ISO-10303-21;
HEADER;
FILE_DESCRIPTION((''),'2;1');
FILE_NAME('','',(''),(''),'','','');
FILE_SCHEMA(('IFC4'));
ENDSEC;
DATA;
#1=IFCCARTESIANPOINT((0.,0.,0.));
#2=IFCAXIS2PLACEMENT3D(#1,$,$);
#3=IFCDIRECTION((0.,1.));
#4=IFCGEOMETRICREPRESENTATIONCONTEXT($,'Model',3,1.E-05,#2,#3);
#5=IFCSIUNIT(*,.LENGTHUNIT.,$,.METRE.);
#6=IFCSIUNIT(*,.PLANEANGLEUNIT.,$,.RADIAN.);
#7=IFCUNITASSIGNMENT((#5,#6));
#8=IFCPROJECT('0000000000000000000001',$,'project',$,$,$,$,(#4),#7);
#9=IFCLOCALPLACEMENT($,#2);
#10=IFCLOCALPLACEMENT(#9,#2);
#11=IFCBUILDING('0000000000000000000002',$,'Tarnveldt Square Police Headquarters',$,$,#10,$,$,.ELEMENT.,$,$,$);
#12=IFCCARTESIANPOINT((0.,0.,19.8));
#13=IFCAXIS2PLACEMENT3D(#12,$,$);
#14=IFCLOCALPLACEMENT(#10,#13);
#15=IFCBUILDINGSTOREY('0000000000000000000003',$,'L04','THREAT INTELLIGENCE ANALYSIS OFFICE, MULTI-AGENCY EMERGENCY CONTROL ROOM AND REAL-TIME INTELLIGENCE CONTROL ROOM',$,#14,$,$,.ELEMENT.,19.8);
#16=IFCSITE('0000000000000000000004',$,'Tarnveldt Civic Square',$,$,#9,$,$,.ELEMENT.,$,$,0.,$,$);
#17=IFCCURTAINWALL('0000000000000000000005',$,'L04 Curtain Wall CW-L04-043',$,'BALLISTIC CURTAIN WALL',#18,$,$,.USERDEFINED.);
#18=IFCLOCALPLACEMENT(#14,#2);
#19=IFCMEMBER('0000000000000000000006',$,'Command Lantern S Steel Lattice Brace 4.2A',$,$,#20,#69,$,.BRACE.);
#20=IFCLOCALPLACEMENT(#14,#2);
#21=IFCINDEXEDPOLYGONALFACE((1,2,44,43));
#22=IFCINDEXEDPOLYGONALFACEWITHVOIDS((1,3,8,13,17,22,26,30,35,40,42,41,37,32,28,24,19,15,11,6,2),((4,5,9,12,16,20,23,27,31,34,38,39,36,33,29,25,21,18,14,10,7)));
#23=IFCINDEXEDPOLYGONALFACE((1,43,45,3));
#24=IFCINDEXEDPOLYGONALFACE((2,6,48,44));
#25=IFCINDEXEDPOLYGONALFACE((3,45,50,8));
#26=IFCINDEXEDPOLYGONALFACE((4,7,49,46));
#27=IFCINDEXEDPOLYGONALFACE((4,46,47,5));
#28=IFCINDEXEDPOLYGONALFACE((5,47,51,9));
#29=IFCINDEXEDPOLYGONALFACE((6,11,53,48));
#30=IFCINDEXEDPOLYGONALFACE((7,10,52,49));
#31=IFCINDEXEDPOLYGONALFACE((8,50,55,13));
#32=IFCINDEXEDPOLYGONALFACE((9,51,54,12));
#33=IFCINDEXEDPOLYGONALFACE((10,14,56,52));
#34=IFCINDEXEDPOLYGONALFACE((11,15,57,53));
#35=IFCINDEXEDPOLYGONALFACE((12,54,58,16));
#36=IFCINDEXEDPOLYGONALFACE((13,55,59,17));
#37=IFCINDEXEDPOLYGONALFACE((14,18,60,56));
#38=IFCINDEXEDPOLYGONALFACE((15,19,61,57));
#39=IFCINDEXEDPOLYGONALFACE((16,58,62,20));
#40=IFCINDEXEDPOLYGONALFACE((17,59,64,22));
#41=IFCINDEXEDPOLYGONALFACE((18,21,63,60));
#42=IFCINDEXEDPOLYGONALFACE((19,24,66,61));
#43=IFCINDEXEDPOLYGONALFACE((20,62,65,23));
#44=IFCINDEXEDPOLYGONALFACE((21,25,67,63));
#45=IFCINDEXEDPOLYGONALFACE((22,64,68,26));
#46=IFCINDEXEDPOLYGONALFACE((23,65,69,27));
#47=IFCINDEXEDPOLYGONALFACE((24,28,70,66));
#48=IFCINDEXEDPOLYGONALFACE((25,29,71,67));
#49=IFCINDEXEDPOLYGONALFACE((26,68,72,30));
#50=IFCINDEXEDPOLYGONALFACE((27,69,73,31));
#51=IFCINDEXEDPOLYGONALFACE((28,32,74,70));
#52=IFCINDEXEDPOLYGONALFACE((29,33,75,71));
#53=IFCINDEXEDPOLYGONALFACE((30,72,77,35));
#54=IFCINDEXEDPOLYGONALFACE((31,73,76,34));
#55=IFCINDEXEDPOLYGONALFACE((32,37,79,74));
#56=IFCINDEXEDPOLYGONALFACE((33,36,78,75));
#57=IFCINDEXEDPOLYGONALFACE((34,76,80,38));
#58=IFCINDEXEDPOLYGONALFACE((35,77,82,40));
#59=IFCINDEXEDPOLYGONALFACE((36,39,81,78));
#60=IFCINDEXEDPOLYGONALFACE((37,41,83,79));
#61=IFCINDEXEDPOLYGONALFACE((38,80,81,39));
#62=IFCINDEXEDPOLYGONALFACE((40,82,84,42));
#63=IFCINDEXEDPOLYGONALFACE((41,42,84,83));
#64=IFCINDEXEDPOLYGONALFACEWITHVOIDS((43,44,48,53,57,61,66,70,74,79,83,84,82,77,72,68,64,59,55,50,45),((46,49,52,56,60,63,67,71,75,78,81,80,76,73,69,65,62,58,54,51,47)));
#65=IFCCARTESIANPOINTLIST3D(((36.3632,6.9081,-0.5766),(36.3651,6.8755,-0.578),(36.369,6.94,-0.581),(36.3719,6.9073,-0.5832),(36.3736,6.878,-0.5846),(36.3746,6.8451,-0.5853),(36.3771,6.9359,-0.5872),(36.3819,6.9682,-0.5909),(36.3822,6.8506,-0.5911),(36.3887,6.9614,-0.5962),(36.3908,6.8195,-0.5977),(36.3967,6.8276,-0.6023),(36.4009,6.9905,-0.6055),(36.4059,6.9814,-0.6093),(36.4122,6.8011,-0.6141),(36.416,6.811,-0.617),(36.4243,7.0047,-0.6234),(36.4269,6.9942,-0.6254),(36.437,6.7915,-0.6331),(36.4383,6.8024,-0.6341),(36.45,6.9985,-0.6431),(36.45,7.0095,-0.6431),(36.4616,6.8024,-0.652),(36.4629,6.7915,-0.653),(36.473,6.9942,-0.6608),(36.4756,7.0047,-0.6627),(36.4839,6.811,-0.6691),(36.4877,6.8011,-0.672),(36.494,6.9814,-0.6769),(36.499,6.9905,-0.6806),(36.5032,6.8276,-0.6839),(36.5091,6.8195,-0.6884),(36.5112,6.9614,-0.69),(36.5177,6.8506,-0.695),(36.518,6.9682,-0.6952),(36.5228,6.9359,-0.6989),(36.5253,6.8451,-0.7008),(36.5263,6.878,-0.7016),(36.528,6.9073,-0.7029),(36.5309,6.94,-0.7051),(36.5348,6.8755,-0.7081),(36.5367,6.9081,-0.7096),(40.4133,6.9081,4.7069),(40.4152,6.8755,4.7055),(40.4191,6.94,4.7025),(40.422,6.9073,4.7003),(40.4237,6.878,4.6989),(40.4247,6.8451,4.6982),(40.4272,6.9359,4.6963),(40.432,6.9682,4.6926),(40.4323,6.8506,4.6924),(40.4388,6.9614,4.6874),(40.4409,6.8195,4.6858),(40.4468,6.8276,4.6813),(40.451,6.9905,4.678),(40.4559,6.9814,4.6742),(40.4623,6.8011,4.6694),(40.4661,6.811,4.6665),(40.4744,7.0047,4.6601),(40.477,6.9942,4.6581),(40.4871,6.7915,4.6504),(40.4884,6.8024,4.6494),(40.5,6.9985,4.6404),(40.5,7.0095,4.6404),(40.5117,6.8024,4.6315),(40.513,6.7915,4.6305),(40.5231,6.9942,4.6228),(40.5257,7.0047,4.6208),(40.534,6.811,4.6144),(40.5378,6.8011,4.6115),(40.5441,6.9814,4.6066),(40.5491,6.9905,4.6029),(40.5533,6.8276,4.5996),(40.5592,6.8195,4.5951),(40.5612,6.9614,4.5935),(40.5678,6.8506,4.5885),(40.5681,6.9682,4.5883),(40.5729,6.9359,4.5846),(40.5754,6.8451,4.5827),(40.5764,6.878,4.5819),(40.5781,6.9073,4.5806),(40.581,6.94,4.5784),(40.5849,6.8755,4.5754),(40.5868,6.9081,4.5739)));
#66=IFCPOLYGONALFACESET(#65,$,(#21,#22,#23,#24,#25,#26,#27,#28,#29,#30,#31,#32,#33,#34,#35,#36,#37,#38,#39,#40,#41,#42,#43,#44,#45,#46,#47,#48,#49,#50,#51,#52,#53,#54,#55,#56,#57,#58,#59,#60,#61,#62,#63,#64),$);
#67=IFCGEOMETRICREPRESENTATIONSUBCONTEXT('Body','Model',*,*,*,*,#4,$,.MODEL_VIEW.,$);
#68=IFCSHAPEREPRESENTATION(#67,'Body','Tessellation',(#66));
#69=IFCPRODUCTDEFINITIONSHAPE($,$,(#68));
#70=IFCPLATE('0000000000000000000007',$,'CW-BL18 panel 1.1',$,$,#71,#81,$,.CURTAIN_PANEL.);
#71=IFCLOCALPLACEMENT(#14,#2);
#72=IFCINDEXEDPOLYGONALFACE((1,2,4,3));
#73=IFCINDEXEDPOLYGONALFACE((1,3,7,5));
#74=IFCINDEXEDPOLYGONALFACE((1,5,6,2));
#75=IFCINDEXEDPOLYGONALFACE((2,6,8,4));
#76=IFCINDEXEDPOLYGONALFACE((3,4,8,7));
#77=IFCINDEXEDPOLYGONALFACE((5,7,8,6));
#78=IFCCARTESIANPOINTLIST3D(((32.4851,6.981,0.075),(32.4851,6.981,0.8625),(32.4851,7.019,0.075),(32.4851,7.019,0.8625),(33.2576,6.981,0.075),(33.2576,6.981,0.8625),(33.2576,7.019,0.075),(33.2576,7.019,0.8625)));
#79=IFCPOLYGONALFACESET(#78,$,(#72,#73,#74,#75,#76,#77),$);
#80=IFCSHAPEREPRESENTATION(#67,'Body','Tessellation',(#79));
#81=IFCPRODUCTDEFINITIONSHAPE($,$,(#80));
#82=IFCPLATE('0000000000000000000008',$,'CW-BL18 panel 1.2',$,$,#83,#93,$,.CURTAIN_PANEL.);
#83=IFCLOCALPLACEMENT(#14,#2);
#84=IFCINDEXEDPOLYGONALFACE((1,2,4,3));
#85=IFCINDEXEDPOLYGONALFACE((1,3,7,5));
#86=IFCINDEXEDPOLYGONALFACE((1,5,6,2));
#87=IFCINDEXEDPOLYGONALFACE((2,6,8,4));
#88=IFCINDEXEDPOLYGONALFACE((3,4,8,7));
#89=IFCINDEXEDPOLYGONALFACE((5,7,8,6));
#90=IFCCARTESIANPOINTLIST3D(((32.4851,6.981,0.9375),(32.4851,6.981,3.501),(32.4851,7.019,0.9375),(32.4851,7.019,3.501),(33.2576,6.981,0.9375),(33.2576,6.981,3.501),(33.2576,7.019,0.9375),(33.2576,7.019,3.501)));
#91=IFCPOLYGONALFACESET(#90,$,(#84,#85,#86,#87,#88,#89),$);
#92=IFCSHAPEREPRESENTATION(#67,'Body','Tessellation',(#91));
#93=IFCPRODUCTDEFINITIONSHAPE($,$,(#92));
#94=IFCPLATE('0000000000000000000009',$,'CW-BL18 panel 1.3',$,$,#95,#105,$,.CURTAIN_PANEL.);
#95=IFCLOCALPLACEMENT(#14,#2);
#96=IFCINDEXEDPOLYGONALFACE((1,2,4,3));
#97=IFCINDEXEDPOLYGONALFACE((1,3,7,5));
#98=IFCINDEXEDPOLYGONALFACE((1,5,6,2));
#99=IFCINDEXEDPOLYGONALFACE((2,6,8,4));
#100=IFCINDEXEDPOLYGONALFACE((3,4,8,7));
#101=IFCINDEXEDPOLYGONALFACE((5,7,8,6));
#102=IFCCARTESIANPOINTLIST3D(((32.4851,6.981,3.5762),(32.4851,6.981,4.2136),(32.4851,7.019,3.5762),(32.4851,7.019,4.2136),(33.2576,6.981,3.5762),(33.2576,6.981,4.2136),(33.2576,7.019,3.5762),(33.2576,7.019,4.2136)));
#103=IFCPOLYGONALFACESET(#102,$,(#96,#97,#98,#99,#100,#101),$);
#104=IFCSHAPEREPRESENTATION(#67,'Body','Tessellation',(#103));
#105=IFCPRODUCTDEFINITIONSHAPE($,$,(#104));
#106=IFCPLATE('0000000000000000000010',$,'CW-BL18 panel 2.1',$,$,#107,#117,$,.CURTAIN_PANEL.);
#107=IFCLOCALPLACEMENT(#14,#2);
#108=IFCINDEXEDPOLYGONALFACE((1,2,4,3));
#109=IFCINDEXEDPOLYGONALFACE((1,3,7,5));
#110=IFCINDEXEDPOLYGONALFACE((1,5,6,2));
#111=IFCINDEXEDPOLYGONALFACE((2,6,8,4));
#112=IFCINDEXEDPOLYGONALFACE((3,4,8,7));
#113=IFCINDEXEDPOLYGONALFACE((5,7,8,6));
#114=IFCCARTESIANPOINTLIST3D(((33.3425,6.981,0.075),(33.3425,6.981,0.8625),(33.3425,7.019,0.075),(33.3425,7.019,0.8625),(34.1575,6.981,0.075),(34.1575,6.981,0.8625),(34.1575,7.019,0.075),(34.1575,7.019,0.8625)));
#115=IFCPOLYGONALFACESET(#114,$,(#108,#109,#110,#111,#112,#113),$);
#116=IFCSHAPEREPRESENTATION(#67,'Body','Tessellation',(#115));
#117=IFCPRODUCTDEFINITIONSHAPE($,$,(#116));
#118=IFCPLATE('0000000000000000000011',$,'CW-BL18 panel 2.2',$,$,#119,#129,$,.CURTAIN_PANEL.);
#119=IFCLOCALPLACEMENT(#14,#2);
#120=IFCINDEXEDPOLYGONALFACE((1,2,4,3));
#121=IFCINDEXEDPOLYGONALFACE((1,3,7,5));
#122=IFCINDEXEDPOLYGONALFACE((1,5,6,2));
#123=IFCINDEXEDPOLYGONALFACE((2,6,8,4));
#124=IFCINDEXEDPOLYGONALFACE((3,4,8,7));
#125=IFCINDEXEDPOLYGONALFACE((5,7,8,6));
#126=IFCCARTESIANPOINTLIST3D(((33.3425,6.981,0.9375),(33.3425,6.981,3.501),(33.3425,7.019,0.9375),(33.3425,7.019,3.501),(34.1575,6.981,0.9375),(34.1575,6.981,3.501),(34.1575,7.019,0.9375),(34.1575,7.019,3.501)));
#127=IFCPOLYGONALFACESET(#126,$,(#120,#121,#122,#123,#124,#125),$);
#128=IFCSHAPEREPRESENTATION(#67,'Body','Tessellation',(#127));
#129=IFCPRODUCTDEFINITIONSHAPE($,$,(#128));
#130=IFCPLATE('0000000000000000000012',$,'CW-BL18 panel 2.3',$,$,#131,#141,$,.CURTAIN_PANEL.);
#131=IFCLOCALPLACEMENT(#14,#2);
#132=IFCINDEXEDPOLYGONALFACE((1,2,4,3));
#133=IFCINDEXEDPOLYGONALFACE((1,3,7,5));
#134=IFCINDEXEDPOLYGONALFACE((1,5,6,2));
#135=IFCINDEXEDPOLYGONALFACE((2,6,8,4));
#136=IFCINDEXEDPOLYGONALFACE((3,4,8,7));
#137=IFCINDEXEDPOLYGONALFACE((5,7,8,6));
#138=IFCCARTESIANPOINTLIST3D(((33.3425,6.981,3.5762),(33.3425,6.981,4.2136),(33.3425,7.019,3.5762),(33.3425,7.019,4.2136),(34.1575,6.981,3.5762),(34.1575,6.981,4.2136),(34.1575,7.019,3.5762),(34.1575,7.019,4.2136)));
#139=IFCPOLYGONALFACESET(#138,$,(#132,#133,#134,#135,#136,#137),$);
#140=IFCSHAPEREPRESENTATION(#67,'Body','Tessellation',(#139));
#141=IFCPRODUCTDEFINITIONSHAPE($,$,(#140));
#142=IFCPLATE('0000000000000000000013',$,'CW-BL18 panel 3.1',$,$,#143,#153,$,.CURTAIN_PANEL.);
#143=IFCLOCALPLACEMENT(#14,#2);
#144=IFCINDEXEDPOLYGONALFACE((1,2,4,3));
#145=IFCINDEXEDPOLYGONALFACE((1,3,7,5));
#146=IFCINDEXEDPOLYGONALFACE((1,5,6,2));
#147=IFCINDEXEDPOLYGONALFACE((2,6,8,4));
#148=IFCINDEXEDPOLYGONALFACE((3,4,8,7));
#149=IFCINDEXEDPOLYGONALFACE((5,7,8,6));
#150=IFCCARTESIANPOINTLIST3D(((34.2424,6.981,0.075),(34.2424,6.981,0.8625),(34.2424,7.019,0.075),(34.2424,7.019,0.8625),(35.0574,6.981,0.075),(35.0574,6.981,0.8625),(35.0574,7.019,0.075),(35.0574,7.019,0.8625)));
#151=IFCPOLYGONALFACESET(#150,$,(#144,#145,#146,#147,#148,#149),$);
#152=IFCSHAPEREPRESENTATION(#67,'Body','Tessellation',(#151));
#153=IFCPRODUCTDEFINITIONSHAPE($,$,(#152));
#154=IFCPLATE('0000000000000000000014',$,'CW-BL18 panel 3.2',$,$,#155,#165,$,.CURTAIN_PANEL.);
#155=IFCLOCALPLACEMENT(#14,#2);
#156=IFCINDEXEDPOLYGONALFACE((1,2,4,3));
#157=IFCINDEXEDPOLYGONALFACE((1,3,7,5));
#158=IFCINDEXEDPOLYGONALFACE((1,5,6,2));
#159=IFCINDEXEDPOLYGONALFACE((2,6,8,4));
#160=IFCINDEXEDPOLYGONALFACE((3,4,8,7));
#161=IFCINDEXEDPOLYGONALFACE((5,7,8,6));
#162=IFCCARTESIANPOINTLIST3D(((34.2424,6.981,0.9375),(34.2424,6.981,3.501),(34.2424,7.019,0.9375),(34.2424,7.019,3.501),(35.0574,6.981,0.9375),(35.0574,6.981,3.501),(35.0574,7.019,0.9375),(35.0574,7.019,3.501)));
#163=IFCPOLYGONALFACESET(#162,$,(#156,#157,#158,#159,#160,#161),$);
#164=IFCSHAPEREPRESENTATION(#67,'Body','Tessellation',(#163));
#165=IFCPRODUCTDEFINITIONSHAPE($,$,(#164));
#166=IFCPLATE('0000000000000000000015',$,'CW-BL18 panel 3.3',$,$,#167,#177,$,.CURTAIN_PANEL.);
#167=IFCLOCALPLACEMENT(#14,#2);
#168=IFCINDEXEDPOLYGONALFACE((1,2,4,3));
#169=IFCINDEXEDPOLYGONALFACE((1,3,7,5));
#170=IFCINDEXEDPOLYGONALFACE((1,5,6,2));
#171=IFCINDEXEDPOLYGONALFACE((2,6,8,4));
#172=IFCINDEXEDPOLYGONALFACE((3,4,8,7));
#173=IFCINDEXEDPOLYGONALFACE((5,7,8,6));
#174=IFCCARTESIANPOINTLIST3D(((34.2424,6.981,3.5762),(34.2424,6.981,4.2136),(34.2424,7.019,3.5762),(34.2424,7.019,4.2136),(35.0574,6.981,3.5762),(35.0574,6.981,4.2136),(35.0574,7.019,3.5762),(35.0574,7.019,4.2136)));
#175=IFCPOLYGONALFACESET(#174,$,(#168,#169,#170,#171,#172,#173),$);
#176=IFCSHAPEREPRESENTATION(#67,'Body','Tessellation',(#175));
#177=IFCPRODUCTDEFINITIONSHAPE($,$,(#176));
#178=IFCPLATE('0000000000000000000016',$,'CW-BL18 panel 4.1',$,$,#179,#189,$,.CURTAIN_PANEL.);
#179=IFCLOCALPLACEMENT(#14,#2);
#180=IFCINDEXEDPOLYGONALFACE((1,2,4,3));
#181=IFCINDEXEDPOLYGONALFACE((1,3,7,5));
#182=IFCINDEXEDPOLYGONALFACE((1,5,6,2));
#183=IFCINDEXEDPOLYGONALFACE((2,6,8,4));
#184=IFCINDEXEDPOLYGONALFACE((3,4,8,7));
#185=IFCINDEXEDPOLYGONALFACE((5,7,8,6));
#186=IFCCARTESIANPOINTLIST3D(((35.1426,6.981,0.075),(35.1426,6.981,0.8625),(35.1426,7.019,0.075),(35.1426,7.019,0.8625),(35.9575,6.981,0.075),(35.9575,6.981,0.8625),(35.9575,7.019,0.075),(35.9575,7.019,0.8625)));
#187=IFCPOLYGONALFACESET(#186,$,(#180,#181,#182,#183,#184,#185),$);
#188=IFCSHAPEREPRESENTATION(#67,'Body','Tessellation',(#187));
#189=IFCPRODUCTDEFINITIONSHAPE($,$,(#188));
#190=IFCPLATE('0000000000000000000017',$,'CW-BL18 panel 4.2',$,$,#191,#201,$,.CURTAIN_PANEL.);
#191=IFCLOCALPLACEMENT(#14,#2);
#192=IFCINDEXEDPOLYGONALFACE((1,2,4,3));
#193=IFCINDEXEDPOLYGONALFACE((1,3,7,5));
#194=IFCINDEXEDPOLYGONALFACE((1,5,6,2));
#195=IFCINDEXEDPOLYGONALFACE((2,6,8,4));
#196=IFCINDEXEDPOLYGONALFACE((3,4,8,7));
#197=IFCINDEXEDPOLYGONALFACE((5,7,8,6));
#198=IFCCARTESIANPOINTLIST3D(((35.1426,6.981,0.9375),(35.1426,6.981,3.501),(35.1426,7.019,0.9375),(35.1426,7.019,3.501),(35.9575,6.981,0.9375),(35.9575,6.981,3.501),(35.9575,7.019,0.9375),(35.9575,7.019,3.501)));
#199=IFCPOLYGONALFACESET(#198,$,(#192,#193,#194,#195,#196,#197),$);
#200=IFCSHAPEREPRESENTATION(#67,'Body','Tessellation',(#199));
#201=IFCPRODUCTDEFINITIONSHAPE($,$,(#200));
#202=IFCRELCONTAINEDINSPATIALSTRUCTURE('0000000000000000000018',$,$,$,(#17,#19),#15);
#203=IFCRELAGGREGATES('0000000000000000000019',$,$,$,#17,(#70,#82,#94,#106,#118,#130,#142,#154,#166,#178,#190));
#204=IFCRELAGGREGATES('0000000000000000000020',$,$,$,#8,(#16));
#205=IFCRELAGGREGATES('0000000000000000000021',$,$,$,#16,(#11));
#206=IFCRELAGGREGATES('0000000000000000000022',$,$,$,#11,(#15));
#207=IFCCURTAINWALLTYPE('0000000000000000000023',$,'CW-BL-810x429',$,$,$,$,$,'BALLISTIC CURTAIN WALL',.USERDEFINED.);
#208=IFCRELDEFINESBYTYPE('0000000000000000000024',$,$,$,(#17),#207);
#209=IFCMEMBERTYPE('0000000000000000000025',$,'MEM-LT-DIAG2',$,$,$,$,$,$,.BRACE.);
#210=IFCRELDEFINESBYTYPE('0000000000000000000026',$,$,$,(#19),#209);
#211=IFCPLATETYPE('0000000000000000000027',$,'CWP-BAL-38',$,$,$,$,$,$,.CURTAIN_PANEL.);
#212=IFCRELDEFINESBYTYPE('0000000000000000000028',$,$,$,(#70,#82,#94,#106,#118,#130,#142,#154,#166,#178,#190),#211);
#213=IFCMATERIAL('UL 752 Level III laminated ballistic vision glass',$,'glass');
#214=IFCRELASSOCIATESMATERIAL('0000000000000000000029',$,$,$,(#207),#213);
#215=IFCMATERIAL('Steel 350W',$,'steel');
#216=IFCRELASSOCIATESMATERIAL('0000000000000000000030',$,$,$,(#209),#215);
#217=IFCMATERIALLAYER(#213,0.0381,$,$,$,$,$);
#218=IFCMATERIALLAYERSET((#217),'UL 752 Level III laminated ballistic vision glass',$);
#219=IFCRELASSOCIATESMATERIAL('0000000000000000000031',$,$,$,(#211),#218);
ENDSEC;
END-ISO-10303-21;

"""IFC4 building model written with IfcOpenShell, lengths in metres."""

from ifc_helpers import new_model, si_unit, direction, frame, origin, origin_2d, place, context, subcontext, project, spatial, rectangle, hollow_circle, extrude, material, layer, layer_set, material_profile, profile_set, type_object, element, aggregate, save


model = new_model("IFC4")

# Units and contexts
model_context = context("Model", 3, precision=1e-05, world=origin(), true_north=direction((0.0, 1.0)))
body_context = subcontext(model_context, "Body", "Model", "MODEL_VIEW")
ifc_project = project(units=[si_unit("LENGTHUNIT", "METRE"), si_unit("PLANEANGLEUNIT", "RADIAN")], contexts=[model_context])

# Site, building, storey
site_placement = place(None, origin())
site = spatial("IfcSite", under=ifc_project, at=site_placement, Name="Tarnveldt Civic Square", CompositionType="ELEMENT", RefElevation=0.0)
building_placement = place(site_placement, origin())
building = spatial("IfcBuilding", under=site, at=building_placement, Name="Tarnveldt Square Police Headquarters", CompositionType="ELEMENT")
storey_placement = place(building_placement, frame((0.0, 0.0, 19.8)))
storey = spatial("IfcBuildingStorey", under=building, at=storey_placement, Name="L04", Description="THREAT INTELLIGENCE ANALYSIS OFFICE, MULTI-AGENCY EMERGENCY CONTROL ROOM AND REAL-TIME INTELLIGENCE CONTROL ROOM", CompositionType="ELEMENT", Elevation=19.8)

# Curtain wall
ifc_material_1 = material(Name="UL 752 Level III laminated ballistic vision glass", Category="glass")
curtain_wall_type = type_object("IfcCurtainWallType", Name="CW-BL-810x429", ElementType="BALLISTIC CURTAIN WALL", PredefinedType="USERDEFINED", material=ifc_material_1)
curtain_wall_placement = place(storey_placement, origin())
curtain_wall = element("IfcCurtainWall", 1, at=curtain_wall_placement, inside=storey, type_object=curtain_wall_type, Name="L04 Curtain Wall CW-L04-043", ObjectType="BALLISTIC CURTAIN WALL", PredefinedType="USERDEFINED")

# Member
ifc_material_2 = material(Name="Steel 350W", Category="steel")
ifc_material_profile_1 = material_profile(ifc_material_2, hollow_circle(Radius=0.1096, WallThickness=0.011, at=origin_2d()), Name="HSS219x11")
ifc_profile_set_1 = profile_set([ifc_material_profile_1], Name="Steel 350W")
member_type_1 = type_object("IfcMemberType", Name="MEM-LT-DIAG2", PredefinedType="BRACE", material=ifc_profile_set_1)
member_1_placement = place(storey_placement, frame((36.45, 6.8999, -0.6431), z_axis=(0.608375, 0.0, 0.793649), x_axis=(0.0, 1.0, 0.0)))
element("IfcMember", 2, at=member_1_placement, inside=storey, type_object=member_type_1, Name="Command Lantern S Steel Lattice Brace 4.2A", PredefinedType="BRACE", context=body_context, shape_type="SweptSolid", body=[
    extrude(hollow_circle(Radius=0.1096, WallThickness=0.011, at=origin_2d()), origin(), (0.0, 0.0, 1.0), 6.6572),
])

# Plates
ifc_layer_1 = layer(ifc_material_1, 0.0381)
ifc_layer_set_1 = layer_set([ifc_layer_1], Name="UL 752 Level III laminated ballistic vision glass")
plate_type_1 = type_object("IfcPlateType", Name="CWP-BAL-38", PredefinedType="CURTAIN_PANEL", material=ifc_layer_set_1)
plate_1_placement = place(storey_placement, frame((32.8713, 7.0, 0.075), z_axis=(0.0, 0.0, 1.0), x_axis=(1.0, 0.0, 0.0)))
plate_1 = element("IfcPlate", 3, at=plate_1_placement, type_object=plate_type_1, Name="CW-BL18 panel 1.1", PredefinedType="CURTAIN_PANEL", context=body_context, shape_type="SweptSolid", body=[
    extrude(rectangle(XDim=0.7725, YDim=0.0381, at=origin_2d()), origin(), (0.0, 0.0, 1.0), 0.7876),
])
plate_2_placement = place(storey_placement, frame((32.8713, 7.0, 0.9375), z_axis=(0.0, 0.0, 1.0), x_axis=(1.0, 0.0, 0.0)))
plate_2 = element("IfcPlate", 4, at=plate_2_placement, type_object=plate_type_1, Name="CW-BL18 panel 1.2", PredefinedType="CURTAIN_PANEL", context=body_context, shape_type="SweptSolid", body=[
    extrude(rectangle(XDim=0.7725, YDim=0.0381, at=origin_2d()), origin(), (0.0, 0.0, 1.0), 2.5635),
])
plate_3_placement = place(storey_placement, frame((32.8713, 7.0, 3.5762), z_axis=(0.0, 0.0, 1.0), x_axis=(1.0, 0.0, 0.0)))
plate_3 = element("IfcPlate", 5, at=plate_3_placement, type_object=plate_type_1, Name="CW-BL18 panel 1.3", PredefinedType="CURTAIN_PANEL", context=body_context, shape_type="SweptSolid", body=[
    extrude(rectangle(XDim=0.7725, YDim=0.0381, at=origin_2d()), origin(), (0.0, 0.0, 1.0), 0.6375),
])
plate_4_placement = place(storey_placement, frame((33.75, 7.0, 0.075), z_axis=(0.0, 0.0, 1.0), x_axis=(1.0, 0.0, 0.0)))
plate_4 = element("IfcPlate", 6, at=plate_4_placement, type_object=plate_type_1, Name="CW-BL18 panel 2.1", PredefinedType="CURTAIN_PANEL", context=body_context, shape_type="SweptSolid", body=[
    extrude(rectangle(XDim=0.8149, YDim=0.0381, at=origin_2d()), origin(), (0.0, 0.0, 1.0), 0.7876),
])
plate_5_placement = place(storey_placement, frame((33.75, 7.0, 0.9375), z_axis=(0.0, 0.0, 1.0), x_axis=(1.0, 0.0, 0.0)))
plate_5 = element("IfcPlate", 7, at=plate_5_placement, type_object=plate_type_1, Name="CW-BL18 panel 2.2", PredefinedType="CURTAIN_PANEL", context=body_context, shape_type="SweptSolid", body=[
    extrude(rectangle(XDim=0.8149, YDim=0.0381, at=origin_2d()), origin(), (0.0, 0.0, 1.0), 2.5635),
])
plate_6_placement = place(storey_placement, frame((33.75, 7.0, 3.5762), z_axis=(0.0, 0.0, 1.0), x_axis=(1.0, 0.0, 0.0)))
plate_6 = element("IfcPlate", 8, at=plate_6_placement, type_object=plate_type_1, Name="CW-BL18 panel 2.3", PredefinedType="CURTAIN_PANEL", context=body_context, shape_type="SweptSolid", body=[
    extrude(rectangle(XDim=0.8149, YDim=0.0381, at=origin_2d()), origin(), (0.0, 0.0, 1.0), 0.6375),
])
plate_7_placement = place(storey_placement, frame((34.6499, 7.0, 0.075), z_axis=(0.0, 0.0, 1.0), x_axis=(1.0, 0.0, 0.0)))
plate_7 = element("IfcPlate", 9, at=plate_7_placement, type_object=plate_type_1, Name="CW-BL18 panel 3.1", PredefinedType="CURTAIN_PANEL", context=body_context, shape_type="SweptSolid", body=[
    extrude(rectangle(XDim=0.8149, YDim=0.0381, at=origin_2d()), origin(), (0.0, 0.0, 1.0), 0.7876),
])
plate_8_placement = place(storey_placement, frame((34.6499, 7.0, 0.9375), z_axis=(0.0, 0.0, 1.0), x_axis=(1.0, 0.0, 0.0)))
plate_8 = element("IfcPlate", 10, at=plate_8_placement, type_object=plate_type_1, Name="CW-BL18 panel 3.2", PredefinedType="CURTAIN_PANEL", context=body_context, shape_type="SweptSolid", body=[
    extrude(rectangle(XDim=0.8149, YDim=0.0381, at=origin_2d()), origin(), (0.0, 0.0, 1.0), 2.5635),
])
plate_9_placement = place(storey_placement, frame((34.6499, 7.0, 3.5762), z_axis=(0.0, 0.0, 1.0), x_axis=(1.0, 0.0, 0.0)))
plate_9 = element("IfcPlate", 11, at=plate_9_placement, type_object=plate_type_1, Name="CW-BL18 panel 3.3", PredefinedType="CURTAIN_PANEL", context=body_context, shape_type="SweptSolid", body=[
    extrude(rectangle(XDim=0.8149, YDim=0.0381, at=origin_2d()), origin(), (0.0, 0.0, 1.0), 0.6375),
])
plate_10_placement = place(storey_placement, frame((35.55, 7.0, 0.075), z_axis=(0.0, 0.0, 1.0), x_axis=(1.0, 0.0, 0.0)))
plate_10 = element("IfcPlate", 12, at=plate_10_placement, type_object=plate_type_1, Name="CW-BL18 panel 4.1", PredefinedType="CURTAIN_PANEL", context=body_context, shape_type="SweptSolid", body=[
    extrude(rectangle(XDim=0.8149, YDim=0.0381, at=origin_2d()), origin(), (0.0, 0.0, 1.0), 0.7876),
])
plate_11_placement = place(storey_placement, frame((35.55, 7.0, 0.9375), z_axis=(0.0, 0.0, 1.0), x_axis=(1.0, 0.0, 0.0)))
plate_11 = element("IfcPlate", 13, at=plate_11_placement, type_object=plate_type_1, Name="CW-BL18 panel 4.2", PredefinedType="CURTAIN_PANEL", context=body_context, shape_type="SweptSolid", body=[
    extrude(rectangle(XDim=0.8149, YDim=0.0381, at=origin_2d()), origin(), (0.0, 0.0, 1.0), 2.5635),
])
aggregate(curtain_wall, [plate_1, plate_2, plate_3, plate_4, plate_5, plate_6, plate_7, plate_8, plate_9, plate_10, plate_11])

save(model, "model.ifc")
